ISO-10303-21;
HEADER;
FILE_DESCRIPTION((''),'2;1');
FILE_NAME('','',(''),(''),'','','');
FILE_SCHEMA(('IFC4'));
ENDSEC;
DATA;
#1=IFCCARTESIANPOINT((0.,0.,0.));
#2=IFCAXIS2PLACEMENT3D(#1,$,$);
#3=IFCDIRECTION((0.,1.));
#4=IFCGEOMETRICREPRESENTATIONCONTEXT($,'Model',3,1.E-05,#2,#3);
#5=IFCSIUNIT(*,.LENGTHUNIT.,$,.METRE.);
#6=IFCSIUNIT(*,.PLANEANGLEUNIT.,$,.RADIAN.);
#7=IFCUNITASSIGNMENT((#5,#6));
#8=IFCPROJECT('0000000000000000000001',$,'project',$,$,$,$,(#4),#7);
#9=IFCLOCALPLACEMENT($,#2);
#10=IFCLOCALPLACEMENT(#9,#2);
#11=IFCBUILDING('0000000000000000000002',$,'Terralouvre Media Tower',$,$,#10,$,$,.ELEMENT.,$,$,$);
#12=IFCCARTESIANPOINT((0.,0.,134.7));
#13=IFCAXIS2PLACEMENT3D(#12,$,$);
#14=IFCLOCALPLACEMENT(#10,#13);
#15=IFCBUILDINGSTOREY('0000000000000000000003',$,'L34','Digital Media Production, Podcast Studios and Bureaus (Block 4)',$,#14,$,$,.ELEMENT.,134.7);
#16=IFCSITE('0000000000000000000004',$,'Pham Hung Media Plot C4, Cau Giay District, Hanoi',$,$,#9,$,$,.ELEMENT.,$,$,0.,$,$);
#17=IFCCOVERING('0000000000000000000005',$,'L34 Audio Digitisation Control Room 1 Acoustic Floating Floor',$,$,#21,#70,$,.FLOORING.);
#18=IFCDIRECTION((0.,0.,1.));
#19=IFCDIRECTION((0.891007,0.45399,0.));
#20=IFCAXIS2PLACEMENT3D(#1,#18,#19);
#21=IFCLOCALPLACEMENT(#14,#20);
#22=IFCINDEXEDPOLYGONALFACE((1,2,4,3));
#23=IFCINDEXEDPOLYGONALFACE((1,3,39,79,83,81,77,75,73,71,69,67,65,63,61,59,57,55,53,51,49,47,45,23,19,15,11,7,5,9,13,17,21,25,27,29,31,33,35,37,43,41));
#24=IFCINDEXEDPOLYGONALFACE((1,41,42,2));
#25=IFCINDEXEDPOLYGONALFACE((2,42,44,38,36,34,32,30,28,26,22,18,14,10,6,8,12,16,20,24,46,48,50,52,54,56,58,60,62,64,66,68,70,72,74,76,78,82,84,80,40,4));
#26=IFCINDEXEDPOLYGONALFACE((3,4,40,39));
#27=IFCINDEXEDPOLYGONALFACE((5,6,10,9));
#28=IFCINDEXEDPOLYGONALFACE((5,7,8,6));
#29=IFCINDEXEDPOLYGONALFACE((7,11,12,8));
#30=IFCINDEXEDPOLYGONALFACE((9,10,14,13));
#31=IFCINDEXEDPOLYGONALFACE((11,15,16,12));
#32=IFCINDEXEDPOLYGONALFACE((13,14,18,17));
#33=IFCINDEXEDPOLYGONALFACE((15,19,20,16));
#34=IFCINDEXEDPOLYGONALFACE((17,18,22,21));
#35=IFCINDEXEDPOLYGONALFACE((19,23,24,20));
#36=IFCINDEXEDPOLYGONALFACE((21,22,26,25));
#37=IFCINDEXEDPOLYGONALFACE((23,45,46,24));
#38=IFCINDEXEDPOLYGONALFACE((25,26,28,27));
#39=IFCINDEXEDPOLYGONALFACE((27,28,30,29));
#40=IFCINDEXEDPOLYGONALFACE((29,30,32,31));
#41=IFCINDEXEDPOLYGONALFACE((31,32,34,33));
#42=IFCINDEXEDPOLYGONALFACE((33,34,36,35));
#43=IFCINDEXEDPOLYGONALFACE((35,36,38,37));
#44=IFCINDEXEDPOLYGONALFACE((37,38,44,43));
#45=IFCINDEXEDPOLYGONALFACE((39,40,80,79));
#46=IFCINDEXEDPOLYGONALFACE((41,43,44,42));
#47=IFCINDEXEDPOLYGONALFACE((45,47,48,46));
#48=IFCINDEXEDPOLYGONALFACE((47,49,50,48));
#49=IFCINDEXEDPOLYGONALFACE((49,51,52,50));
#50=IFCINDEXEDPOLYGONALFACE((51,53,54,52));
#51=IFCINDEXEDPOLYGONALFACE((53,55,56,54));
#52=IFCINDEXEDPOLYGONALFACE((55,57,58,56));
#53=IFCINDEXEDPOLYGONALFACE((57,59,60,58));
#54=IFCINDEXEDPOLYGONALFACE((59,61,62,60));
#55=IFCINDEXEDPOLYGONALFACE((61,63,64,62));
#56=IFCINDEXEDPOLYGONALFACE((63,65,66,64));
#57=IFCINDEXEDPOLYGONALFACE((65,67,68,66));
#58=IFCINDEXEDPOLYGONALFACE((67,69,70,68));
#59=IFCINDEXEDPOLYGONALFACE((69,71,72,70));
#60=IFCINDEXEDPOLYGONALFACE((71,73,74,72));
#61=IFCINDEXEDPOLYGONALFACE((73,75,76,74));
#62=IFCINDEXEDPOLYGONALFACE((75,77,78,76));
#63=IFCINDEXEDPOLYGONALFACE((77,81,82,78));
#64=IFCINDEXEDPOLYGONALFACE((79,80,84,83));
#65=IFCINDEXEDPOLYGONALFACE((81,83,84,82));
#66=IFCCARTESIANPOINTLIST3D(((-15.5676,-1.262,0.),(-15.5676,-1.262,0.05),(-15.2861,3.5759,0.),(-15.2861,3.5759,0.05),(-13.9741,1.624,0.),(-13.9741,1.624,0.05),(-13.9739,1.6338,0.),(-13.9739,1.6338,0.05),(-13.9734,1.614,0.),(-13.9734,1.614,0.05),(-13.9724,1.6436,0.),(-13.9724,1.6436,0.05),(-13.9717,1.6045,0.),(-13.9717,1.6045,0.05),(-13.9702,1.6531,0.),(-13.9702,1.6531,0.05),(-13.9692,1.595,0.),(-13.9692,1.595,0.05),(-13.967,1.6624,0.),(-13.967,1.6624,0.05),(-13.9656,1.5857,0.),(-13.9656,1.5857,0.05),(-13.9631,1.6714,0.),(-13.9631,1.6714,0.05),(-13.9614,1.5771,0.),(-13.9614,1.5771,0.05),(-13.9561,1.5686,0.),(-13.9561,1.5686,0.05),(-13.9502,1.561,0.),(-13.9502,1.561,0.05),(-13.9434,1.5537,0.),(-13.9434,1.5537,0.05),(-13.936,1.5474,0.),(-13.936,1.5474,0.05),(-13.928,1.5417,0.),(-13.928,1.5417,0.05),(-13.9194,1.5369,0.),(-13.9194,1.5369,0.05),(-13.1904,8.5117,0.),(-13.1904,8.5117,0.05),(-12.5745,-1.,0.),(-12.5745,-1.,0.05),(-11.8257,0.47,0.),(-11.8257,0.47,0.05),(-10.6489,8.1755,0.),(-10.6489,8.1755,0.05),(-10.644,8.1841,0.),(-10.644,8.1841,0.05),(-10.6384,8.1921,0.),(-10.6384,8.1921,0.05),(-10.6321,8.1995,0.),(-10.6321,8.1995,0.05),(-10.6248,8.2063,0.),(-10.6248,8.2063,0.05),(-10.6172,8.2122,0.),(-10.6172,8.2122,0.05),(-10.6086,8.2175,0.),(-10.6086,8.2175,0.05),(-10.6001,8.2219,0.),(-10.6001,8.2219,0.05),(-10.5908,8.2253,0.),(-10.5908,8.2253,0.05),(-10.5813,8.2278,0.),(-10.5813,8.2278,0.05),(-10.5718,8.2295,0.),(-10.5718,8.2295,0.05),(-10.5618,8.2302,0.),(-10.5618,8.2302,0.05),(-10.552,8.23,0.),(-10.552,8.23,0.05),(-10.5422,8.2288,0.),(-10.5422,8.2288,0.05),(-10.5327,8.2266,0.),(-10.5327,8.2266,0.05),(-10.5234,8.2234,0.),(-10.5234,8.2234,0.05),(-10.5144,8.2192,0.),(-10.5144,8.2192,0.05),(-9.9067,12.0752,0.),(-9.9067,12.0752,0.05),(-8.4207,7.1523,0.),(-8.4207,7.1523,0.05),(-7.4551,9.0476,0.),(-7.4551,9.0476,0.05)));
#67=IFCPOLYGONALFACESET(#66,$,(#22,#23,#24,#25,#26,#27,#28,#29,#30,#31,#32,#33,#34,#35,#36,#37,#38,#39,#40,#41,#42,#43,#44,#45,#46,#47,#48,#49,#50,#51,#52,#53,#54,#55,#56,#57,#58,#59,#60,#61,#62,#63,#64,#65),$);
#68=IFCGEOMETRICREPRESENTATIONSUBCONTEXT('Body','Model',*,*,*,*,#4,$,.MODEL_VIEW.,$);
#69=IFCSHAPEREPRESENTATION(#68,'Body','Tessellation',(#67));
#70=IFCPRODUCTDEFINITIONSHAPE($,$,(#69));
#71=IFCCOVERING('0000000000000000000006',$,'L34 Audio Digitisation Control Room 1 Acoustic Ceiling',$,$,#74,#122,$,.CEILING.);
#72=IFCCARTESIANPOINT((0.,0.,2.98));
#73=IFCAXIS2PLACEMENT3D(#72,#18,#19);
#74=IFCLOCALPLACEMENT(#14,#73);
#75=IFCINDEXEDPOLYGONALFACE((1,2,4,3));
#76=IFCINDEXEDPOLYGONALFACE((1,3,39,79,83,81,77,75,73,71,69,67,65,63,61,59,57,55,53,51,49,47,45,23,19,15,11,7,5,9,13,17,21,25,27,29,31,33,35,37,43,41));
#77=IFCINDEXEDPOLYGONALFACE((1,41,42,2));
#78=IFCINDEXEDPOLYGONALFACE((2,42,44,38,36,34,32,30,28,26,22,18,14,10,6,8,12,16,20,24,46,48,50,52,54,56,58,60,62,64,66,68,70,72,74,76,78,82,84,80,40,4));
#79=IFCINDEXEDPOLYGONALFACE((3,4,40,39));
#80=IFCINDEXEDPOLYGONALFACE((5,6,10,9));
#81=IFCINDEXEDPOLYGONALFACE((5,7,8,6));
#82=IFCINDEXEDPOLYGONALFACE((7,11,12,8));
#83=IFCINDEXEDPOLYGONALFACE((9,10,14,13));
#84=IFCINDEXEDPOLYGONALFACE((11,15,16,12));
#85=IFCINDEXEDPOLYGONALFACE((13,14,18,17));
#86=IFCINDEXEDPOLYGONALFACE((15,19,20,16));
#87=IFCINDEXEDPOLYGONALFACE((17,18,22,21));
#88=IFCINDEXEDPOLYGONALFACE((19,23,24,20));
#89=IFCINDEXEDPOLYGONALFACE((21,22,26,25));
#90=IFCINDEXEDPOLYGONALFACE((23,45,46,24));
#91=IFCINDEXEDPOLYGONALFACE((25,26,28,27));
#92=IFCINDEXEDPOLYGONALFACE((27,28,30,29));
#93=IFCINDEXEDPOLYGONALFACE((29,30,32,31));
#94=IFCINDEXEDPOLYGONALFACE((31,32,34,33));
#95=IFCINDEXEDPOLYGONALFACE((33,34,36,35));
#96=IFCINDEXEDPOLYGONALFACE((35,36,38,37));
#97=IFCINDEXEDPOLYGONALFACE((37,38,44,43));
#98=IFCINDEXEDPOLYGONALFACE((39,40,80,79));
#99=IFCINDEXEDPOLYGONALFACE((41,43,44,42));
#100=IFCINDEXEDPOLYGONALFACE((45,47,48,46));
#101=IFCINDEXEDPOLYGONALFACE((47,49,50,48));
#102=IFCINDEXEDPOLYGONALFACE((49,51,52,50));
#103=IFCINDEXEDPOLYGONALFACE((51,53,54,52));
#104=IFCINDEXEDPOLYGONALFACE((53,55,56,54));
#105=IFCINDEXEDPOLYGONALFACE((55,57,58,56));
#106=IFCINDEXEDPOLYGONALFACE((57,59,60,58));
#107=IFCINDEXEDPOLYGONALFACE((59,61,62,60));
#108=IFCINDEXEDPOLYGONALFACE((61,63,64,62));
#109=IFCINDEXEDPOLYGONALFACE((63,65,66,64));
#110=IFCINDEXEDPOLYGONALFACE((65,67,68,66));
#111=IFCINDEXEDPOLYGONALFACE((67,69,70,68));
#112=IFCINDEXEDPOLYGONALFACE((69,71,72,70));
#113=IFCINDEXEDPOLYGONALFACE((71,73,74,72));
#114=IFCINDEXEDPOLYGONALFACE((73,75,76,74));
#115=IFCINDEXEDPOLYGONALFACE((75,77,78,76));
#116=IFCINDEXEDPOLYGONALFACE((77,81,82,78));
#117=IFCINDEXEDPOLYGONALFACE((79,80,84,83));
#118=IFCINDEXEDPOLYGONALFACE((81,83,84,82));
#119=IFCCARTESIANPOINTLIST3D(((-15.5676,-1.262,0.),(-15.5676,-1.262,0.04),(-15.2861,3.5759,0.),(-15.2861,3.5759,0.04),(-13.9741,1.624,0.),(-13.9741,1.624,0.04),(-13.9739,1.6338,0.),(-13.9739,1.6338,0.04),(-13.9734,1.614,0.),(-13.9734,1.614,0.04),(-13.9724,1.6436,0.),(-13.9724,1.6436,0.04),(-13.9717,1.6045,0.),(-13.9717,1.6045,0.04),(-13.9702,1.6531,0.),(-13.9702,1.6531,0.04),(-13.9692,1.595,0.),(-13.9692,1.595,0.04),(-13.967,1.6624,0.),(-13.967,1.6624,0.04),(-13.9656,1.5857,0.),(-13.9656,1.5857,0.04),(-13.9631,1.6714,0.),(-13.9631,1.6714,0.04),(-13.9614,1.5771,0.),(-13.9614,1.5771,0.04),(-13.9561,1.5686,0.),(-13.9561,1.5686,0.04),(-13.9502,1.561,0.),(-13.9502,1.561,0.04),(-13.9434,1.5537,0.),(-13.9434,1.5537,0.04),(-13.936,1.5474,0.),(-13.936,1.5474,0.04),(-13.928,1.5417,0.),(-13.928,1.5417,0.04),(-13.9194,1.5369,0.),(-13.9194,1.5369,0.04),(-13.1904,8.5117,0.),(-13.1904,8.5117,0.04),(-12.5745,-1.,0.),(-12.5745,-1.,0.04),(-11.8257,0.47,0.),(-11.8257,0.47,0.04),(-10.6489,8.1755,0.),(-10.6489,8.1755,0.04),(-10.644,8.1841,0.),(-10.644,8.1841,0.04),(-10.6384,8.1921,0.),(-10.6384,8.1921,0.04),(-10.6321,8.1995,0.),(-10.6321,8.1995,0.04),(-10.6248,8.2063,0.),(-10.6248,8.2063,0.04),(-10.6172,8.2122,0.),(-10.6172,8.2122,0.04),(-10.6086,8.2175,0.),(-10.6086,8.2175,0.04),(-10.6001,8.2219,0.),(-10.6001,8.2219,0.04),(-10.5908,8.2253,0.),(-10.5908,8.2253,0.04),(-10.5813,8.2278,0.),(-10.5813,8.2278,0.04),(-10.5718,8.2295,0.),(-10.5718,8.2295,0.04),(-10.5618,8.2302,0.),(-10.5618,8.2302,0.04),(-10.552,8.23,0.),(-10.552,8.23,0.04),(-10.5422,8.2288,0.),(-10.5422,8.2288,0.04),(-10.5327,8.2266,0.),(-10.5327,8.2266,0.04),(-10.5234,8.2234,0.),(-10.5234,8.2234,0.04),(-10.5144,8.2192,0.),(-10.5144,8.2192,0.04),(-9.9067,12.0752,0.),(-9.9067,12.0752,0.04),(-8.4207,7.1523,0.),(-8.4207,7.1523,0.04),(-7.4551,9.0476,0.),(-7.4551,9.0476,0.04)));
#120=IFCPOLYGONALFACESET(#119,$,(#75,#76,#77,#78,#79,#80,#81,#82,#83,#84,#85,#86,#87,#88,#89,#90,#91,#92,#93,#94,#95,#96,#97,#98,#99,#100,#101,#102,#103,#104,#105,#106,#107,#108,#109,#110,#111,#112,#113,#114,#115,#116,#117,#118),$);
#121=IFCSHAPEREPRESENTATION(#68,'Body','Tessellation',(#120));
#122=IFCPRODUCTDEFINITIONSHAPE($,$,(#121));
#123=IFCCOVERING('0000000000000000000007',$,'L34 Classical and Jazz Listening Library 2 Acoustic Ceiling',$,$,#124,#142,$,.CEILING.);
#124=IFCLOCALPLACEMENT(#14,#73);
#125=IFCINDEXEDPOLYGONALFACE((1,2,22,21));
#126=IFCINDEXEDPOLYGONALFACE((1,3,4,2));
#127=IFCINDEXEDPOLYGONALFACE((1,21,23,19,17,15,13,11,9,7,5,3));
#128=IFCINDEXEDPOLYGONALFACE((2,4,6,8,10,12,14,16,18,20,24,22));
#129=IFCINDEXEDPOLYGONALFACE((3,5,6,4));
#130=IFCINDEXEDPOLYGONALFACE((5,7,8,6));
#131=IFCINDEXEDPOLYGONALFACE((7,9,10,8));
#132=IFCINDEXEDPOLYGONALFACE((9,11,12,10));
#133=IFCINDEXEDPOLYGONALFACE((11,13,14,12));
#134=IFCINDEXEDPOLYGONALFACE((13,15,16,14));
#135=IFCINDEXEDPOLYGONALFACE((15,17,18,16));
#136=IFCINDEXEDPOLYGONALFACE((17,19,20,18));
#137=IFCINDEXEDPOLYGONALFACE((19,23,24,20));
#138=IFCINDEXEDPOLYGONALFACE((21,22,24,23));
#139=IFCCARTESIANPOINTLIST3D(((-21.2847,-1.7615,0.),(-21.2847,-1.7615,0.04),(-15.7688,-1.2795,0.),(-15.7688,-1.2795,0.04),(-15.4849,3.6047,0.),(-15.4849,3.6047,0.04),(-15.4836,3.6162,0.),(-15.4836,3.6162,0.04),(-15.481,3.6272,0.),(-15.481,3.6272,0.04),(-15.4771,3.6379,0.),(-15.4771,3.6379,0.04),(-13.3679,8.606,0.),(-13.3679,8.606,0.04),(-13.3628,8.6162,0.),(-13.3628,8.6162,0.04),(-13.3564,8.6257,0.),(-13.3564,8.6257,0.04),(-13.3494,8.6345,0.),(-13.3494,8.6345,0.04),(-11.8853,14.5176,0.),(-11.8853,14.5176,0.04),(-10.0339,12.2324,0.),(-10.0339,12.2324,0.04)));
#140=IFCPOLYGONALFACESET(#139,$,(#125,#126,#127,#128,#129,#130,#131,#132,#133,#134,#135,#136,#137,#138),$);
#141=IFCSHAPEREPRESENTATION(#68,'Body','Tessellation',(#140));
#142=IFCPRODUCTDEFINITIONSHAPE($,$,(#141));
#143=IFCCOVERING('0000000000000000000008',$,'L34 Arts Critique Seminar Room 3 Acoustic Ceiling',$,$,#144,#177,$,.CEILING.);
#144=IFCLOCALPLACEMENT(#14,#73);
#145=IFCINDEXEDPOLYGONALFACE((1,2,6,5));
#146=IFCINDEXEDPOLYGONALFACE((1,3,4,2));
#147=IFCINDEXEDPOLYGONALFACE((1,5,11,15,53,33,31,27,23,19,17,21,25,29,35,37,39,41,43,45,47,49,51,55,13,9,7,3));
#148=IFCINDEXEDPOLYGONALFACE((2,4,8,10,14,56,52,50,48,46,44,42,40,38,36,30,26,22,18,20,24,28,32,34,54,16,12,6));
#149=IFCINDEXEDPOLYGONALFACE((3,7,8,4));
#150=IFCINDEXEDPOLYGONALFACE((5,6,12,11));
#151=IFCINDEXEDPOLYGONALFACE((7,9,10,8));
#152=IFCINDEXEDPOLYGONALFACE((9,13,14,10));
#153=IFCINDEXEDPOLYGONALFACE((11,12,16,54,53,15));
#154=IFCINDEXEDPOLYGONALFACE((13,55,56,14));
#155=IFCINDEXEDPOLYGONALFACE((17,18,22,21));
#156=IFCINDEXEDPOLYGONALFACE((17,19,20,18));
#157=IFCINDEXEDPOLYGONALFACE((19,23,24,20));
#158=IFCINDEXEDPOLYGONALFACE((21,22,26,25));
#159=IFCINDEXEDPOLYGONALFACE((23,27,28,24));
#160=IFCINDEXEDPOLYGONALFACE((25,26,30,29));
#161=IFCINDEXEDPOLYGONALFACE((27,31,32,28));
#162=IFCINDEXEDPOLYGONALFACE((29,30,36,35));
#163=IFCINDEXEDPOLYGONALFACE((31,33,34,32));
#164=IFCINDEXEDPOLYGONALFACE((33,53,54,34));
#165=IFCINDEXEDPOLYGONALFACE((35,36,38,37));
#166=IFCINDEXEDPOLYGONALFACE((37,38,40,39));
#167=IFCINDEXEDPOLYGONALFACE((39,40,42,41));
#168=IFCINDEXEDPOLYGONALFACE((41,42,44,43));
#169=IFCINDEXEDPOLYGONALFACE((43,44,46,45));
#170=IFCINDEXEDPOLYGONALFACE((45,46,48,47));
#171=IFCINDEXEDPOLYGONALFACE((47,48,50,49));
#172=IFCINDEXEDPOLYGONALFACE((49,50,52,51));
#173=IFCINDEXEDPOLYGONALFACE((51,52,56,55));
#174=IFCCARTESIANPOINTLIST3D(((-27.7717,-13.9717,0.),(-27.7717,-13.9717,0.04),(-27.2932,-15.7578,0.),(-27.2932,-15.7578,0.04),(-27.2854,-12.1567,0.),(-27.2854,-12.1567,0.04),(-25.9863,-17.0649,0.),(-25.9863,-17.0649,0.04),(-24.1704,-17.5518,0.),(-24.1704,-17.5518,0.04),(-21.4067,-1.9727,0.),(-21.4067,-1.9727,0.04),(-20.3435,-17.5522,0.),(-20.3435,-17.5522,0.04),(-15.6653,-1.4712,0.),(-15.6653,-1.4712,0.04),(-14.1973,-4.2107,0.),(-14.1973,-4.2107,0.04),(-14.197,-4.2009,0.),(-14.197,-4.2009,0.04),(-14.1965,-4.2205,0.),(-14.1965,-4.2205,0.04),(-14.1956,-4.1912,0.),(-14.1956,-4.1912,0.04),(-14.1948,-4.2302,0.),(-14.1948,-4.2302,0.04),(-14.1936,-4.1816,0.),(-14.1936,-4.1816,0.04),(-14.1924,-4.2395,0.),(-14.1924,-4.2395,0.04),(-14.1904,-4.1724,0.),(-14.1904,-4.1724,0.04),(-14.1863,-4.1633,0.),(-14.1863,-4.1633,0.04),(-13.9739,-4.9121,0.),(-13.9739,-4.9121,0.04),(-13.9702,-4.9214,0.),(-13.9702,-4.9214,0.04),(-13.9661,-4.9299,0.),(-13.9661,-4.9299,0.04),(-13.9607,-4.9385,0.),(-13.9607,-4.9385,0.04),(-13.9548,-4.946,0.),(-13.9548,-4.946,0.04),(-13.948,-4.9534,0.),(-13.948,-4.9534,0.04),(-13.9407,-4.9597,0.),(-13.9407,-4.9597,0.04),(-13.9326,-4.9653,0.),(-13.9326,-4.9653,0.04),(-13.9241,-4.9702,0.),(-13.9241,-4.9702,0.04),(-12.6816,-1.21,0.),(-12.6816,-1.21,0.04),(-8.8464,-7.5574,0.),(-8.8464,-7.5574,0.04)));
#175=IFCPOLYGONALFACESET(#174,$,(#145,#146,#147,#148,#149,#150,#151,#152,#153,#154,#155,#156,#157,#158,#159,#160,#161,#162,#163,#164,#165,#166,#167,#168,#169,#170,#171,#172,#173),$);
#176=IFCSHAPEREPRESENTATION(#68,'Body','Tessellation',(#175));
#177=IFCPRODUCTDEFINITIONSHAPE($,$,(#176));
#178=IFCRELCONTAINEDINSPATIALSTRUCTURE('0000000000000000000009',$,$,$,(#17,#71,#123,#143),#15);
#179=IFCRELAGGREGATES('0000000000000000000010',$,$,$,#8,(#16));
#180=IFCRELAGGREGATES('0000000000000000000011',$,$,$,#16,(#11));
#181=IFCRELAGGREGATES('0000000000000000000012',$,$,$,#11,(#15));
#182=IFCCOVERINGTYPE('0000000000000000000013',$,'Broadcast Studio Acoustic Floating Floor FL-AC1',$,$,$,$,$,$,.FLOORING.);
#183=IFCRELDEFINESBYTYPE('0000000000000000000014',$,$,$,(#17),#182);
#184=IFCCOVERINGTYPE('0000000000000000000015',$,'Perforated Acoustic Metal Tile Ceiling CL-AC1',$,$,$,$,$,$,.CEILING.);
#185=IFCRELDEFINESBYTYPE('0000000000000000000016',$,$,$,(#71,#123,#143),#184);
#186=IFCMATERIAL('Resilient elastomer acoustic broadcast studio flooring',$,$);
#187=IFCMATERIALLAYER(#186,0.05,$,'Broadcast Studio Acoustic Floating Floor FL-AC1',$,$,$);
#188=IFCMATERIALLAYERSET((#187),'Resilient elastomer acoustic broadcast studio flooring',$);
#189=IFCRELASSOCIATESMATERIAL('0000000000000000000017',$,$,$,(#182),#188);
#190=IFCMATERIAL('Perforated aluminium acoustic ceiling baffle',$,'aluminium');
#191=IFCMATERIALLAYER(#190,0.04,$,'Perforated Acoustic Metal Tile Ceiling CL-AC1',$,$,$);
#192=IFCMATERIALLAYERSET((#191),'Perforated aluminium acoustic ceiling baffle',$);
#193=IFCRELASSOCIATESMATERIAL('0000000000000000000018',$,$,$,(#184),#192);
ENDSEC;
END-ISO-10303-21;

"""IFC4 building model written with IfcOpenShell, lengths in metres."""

from ifc_helpers import new_model, si_unit, direction, frame, origin, place, context, subcontext, project, spatial, polyline, outline, extrude, material, layer, layer_set, type_object, element, save


model = new_model("IFC4")

# Units and contexts
model_context = context("Model", 3, precision=1e-05, world=origin(), true_north=direction((0.0, 1.0)))
body_context = subcontext(model_context, "Body", "Model", "MODEL_VIEW")
ifc_project = project(units=[si_unit("LENGTHUNIT", "METRE"), si_unit("PLANEANGLEUNIT", "RADIAN")], contexts=[model_context])

# Site, building, storey
site_placement = place(None, origin())
site = spatial("IfcSite", under=ifc_project, at=site_placement, Name="Pham Hung Media Plot C4, Cau Giay District, Hanoi", CompositionType="ELEMENT", RefElevation=0.0)
building_placement = place(site_placement, origin())
building = spatial("IfcBuilding", under=site, at=building_placement, Name="Terralouvre Media Tower", CompositionType="ELEMENT")
storey_placement = place(building_placement, frame((0.0, 0.0, 134.7)))
storey = spatial("IfcBuildingStorey", under=building, at=storey_placement, Name="L34", Description="Digital Media Production, Podcast Studios and Bureaus (Block 4)", CompositionType="ELEMENT", Elevation=134.7)

# Coverings
ifc_material_1 = material(Name="Resilient elastomer acoustic broadcast studio flooring")
ifc_layer_1 = layer(ifc_material_1, 0.05, Name="Broadcast Studio Acoustic Floating Floor FL-AC1")
ifc_layer_set_1 = layer_set([ifc_layer_1], Name="Resilient elastomer acoustic broadcast studio flooring")
covering_type_1 = type_object("IfcCoveringType", Name="Broadcast Studio Acoustic Floating Floor FL-AC1", PredefinedType="FLOORING", material=ifc_layer_set_1)
covering_1_placement = place(storey_placement, frame((0.0, 0.0, 0.0), z_axis=(0.0, 0.0, 1.0), x_axis=(0.891007, 0.45399, 0.0)))
element("IfcCovering", 1, at=covering_1_placement, inside=storey, type_object=covering_type_1, Name="L34 Audio Digitisation Control Room 1 Acoustic Floating Floor", PredefinedType="FLOORING", context=body_context, shape_type="SweptSolid", body=[
    extrude(outline(polyline([(-13.1904, 8.5117), (-15.2861, 3.5759), (-15.5676, -1.262), (-12.5745, -1.0), (-11.8257, 0.47), (-13.9194, 1.5369), (-13.928, 1.5417), (-13.936, 1.5474), (-13.9434, 1.5537), (-13.9502, 1.561), (-13.9561, 1.5686), (-13.9614, 1.5771), (-13.9656, 1.5857), (-13.9692, 1.595), (-13.9717, 1.6045), (-13.9734, 1.614), (-13.9741, 1.624), (-13.9739, 1.6338), (-13.9724, 1.6436), (-13.9702, 1.6531), (-13.967, 1.6624), (-13.9631, 1.6714), (-10.6489, 8.1755), (-10.644, 8.1841), (-10.6384, 8.1921), (-10.6321, 8.1995), (-10.6248, 8.2063), (-10.6172, 8.2122), (-10.6086, 8.2175), (-10.6001, 8.2219), (-10.5908, 8.2253), (-10.5813, 8.2278), (-10.5718, 8.2295), (-10.5618, 8.2302), (-10.552, 8.23), (-10.5422, 8.2288), (-10.5327, 8.2266), (-10.5234, 8.2234), (-10.5144, 8.2192), (-8.4207, 7.1523), (-7.4551, 9.0476), (-9.9067, 12.0752), (-13.1904, 8.5117)])), origin(), (0.0, 0.0, 1.0), 0.05),
])
ifc_material_2 = material(Name="Perforated aluminium acoustic ceiling baffle", Category="aluminium")
ifc_layer_2 = layer(ifc_material_2, 0.04, Name="Perforated Acoustic Metal Tile Ceiling CL-AC1")
ifc_layer_set_2 = layer_set([ifc_layer_2], Name="Perforated aluminium acoustic ceiling baffle")
covering_type_2 = type_object("IfcCoveringType", Name="Perforated Acoustic Metal Tile Ceiling CL-AC1", PredefinedType="CEILING", material=ifc_layer_set_2)
covering_2_placement = place(storey_placement, frame((0.0, 0.0, 2.98), z_axis=(0.0, 0.0, 1.0), x_axis=(0.891007, 0.45399, 0.0)))
element("IfcCovering", 2, at=covering_2_placement, inside=storey, type_object=covering_type_2, Name="L34 Audio Digitisation Control Room 1 Acoustic Ceiling", PredefinedType="CEILING", context=body_context, shape_type="SweptSolid", body=[
    extrude(outline(polyline([(-13.1904, 8.5117), (-15.2861, 3.5759), (-15.5676, -1.262), (-12.5745, -1.0), (-11.8257, 0.47), (-13.9194, 1.5369), (-13.928, 1.5417), (-13.936, 1.5474), (-13.9434, 1.5537), (-13.9502, 1.561), (-13.9561, 1.5686), (-13.9614, 1.5771), (-13.9656, 1.5857), (-13.9692, 1.595), (-13.9717, 1.6045), (-13.9734, 1.614), (-13.9741, 1.624), (-13.9739, 1.6338), (-13.9724, 1.6436), (-13.9702, 1.6531), (-13.967, 1.6624), (-13.9631, 1.6714), (-10.6489, 8.1755), (-10.644, 8.1841), (-10.6384, 8.1921), (-10.6321, 8.1995), (-10.6248, 8.2063), (-10.6172, 8.2122), (-10.6086, 8.2175), (-10.6001, 8.2219), (-10.5908, 8.2253), (-10.5813, 8.2278), (-10.5718, 8.2295), (-10.5618, 8.2302), (-10.552, 8.23), (-10.5422, 8.2288), (-10.5327, 8.2266), (-10.5234, 8.2234), (-10.5144, 8.2192), (-8.4207, 7.1523), (-7.4551, 9.0476), (-9.9067, 12.0752), (-13.1904, 8.5117)])), origin(), (0.0, 0.0, 1.0), 0.04),
])
covering_3_placement = place(storey_placement, frame((0.0, 0.0, 2.98), z_axis=(0.0, 0.0, 1.0), x_axis=(0.891007, 0.45399, 0.0)))
element("IfcCovering", 3, at=covering_3_placement, inside=storey, type_object=covering_type_2, Name="L34 Classical and Jazz Listening Library 2 Acoustic Ceiling", PredefinedType="CEILING", context=body_context, shape_type="SweptSolid", body=[
    extrude(outline(polyline([(-15.4849, 3.6047), (-15.4836, 3.6162), (-15.481, 3.6272), (-15.4771, 3.6379), (-13.3679, 8.606), (-13.3628, 8.6162), (-13.3564, 8.6257), (-13.3494, 8.6345), (-10.0339, 12.2324), (-11.8853, 14.5176), (-21.2847, -1.7615), (-15.7688, -1.2795), (-15.4849, 3.6047)])), origin(), (0.0, 0.0, 1.0), 0.04),
])
covering_4_placement = place(storey_placement, frame((0.0, 0.0, 2.98), z_axis=(0.0, 0.0, 1.0), x_axis=(0.891007, 0.45399, 0.0)))
element("IfcCovering", 4, at=covering_4_placement, inside=storey, type_object=covering_type_2, Name="L34 Arts Critique Seminar Room 3 Acoustic Ceiling", PredefinedType="CEILING", context=body_context, shape_type="SweptSolid", body=[
    extrude(outline(polyline([(-13.9241, -4.9702), (-13.9326, -4.9653), (-13.9407, -4.9597), (-13.948, -4.9534), (-13.9548, -4.946), (-13.9607, -4.9385), (-13.9661, -4.9299), (-13.9702, -4.9214), (-13.9739, -4.9121), (-14.1924, -4.2395), (-14.1948, -4.2302), (-14.1965, -4.2205), (-14.1973, -4.2107), (-14.197, -4.2009), (-14.1956, -4.1912), (-14.1936, -4.1816), (-14.1904, -4.1724), (-14.1863, -4.1633), (-12.6816, -1.21), (-15.6653, -1.4712), (-21.4067, -1.9727), (-27.2854, -12.1567), (-27.7717, -13.9717), (-27.2932, -15.7578), (-25.9863, -17.0649), (-24.1704, -17.5518), (-20.3435, -17.5522), (-8.8464, -7.5574), (-13.9241, -4.9702)])), origin(), (0.0, 0.0, 1.0), 0.04),
])

save(model, "model.ifc")
